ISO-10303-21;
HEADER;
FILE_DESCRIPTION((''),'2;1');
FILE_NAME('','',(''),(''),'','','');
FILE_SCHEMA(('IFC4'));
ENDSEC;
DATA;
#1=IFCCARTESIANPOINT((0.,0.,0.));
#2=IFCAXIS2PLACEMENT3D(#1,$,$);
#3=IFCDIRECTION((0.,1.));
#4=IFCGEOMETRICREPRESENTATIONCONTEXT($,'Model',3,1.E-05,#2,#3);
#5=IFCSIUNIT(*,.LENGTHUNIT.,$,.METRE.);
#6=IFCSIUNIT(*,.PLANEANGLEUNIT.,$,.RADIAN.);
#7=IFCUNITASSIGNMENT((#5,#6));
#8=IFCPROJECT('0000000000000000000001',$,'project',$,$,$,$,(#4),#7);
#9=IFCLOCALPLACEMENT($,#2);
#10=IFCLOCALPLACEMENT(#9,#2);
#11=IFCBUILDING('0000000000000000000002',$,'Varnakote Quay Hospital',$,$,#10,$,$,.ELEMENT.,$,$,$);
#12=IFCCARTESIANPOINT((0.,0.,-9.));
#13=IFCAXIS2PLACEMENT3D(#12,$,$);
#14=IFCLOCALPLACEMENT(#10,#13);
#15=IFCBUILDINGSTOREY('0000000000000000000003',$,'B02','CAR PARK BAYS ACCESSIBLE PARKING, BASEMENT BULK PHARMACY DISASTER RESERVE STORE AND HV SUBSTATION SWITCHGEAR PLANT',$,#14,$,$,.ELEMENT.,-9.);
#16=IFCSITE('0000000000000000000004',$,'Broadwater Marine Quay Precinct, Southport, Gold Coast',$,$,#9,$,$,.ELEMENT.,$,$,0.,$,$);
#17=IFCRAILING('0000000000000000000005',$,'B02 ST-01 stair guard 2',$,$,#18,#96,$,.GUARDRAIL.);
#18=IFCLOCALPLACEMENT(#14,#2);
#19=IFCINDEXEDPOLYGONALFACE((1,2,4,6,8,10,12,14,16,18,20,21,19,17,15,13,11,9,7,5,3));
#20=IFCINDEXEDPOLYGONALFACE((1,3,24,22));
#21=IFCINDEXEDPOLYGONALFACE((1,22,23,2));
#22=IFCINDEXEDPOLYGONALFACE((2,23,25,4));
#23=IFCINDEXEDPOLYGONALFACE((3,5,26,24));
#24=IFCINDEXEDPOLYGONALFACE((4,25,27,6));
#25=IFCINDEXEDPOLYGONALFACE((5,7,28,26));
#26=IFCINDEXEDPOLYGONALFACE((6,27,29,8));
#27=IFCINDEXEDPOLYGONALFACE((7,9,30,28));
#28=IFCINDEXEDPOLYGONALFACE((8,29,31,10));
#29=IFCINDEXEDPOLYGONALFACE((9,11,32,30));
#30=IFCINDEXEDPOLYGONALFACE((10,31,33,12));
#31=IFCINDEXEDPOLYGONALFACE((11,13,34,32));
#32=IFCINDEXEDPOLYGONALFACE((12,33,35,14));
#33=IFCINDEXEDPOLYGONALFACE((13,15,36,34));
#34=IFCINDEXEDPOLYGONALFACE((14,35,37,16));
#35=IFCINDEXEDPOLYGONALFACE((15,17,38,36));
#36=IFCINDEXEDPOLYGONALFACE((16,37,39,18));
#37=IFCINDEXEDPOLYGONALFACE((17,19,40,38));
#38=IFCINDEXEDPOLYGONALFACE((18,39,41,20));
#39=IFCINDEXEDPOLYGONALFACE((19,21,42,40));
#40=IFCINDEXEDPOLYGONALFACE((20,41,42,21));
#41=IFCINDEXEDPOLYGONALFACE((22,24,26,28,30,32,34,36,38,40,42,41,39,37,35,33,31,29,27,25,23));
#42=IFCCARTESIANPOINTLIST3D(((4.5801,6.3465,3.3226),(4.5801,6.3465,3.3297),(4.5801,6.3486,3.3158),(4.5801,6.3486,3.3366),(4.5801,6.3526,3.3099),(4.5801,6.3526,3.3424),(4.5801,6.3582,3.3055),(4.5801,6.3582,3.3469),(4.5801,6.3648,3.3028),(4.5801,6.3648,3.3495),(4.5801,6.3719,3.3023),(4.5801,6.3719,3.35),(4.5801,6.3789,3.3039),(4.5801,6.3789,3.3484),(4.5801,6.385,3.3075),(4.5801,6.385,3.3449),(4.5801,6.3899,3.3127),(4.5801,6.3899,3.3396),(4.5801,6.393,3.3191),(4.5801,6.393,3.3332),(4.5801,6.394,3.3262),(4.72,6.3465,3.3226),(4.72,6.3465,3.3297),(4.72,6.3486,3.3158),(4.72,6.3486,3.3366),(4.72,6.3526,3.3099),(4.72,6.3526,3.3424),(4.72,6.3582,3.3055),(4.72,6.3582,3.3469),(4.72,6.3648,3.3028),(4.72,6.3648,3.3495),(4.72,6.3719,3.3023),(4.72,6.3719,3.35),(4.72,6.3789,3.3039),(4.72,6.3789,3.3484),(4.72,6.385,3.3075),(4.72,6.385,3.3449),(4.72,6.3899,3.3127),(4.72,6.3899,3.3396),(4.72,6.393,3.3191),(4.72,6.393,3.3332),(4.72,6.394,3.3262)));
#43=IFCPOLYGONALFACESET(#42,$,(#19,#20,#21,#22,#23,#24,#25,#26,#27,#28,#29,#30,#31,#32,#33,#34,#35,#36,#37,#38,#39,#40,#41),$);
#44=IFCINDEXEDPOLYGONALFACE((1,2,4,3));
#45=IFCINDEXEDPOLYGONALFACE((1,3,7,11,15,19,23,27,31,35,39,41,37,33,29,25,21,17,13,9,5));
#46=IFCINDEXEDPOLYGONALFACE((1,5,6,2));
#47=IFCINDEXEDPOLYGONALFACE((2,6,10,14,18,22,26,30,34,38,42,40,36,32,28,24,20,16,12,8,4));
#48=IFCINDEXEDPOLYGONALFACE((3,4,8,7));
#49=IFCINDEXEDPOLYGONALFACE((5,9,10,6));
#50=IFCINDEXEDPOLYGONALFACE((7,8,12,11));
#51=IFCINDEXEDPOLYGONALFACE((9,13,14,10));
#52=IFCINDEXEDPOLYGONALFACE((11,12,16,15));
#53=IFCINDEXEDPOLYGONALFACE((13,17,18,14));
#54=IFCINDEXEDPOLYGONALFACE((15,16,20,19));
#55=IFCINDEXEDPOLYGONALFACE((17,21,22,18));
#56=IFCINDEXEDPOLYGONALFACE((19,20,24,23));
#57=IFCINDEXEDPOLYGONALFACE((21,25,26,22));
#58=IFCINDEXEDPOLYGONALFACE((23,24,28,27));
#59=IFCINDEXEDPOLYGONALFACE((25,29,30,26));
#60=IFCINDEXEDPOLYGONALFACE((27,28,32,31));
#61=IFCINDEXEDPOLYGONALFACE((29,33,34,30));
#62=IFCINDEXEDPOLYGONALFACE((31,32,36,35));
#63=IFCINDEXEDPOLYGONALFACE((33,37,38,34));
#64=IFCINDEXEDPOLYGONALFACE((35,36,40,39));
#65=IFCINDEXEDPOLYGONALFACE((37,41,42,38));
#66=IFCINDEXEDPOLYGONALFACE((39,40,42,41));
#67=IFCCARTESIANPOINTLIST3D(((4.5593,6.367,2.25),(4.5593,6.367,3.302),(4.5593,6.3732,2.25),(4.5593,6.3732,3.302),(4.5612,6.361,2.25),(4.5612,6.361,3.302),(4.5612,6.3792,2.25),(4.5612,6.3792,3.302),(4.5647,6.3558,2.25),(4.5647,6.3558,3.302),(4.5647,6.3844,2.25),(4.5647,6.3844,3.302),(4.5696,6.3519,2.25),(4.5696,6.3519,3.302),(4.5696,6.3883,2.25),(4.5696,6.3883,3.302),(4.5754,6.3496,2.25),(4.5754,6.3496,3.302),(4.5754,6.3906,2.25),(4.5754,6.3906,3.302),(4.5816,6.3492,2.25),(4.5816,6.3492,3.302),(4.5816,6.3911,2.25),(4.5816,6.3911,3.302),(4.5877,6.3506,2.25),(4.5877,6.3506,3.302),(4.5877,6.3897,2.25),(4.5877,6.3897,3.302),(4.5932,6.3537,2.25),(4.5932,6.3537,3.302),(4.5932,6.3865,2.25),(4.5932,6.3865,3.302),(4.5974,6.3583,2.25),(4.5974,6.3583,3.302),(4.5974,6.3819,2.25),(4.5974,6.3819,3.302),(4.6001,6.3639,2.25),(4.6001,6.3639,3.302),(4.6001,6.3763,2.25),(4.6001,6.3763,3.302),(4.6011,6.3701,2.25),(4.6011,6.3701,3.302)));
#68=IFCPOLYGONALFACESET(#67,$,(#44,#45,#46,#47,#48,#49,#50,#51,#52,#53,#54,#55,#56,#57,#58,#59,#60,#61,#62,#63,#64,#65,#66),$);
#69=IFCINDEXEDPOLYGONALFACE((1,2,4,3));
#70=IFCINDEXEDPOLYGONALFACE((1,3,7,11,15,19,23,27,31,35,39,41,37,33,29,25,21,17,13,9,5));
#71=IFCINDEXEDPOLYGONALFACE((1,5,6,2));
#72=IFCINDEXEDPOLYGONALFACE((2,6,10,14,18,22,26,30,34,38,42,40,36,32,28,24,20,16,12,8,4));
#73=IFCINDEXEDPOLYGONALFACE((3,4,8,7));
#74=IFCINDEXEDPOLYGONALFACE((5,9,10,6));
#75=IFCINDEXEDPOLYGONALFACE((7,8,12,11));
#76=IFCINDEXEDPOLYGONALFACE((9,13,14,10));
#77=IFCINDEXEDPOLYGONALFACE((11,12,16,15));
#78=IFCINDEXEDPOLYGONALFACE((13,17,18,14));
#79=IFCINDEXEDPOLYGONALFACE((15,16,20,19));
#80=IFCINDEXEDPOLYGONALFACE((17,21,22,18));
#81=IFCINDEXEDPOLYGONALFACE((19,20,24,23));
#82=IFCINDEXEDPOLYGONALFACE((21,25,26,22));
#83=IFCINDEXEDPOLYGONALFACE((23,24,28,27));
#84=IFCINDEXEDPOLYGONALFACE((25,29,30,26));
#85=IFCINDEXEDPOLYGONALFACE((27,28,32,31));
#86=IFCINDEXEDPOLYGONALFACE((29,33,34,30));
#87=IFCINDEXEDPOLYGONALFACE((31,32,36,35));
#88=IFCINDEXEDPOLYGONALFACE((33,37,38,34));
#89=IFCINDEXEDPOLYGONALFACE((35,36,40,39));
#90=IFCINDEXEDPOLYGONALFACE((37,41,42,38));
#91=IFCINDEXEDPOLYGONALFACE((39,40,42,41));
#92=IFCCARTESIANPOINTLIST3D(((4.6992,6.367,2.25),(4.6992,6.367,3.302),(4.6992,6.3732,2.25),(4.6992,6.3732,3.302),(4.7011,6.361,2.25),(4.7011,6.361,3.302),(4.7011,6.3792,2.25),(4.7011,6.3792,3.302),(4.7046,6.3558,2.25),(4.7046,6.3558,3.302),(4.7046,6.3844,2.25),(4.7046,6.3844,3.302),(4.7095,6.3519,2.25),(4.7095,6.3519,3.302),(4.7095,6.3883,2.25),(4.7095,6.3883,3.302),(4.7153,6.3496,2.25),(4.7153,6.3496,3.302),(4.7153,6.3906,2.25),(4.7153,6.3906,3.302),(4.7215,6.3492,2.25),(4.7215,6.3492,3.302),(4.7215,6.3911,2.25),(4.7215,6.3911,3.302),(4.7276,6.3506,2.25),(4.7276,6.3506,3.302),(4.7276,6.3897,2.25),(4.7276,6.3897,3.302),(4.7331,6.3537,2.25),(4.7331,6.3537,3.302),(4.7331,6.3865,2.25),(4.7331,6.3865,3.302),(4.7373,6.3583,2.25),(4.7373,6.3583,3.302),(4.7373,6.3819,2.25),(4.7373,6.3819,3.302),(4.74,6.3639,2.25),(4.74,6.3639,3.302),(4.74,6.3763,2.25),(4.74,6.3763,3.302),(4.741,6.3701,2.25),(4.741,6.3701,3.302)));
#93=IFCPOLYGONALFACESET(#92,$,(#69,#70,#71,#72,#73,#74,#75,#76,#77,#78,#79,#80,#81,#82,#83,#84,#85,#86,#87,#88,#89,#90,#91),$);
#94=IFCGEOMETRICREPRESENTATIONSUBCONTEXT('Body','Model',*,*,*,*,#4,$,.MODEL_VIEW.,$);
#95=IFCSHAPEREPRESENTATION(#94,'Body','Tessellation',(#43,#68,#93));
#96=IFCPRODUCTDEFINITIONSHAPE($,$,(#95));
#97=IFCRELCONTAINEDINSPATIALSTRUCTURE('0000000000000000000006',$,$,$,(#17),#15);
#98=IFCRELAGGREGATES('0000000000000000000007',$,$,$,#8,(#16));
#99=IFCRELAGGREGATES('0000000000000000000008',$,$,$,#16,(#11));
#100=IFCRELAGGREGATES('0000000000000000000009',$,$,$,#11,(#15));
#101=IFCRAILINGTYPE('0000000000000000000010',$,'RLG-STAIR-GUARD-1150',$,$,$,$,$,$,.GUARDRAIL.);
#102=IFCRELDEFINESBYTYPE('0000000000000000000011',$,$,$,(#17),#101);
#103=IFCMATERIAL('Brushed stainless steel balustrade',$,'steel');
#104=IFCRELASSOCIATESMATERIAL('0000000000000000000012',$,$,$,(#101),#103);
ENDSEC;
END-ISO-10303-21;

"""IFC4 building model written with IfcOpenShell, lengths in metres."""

from ifc_helpers import new_model, si_unit, direction, frame, origin, origin_2d, place, context, subcontext, project, spatial, circle, extrude, material, type_object, element, save


model = new_model("IFC4")

# Units and contexts
model_context = context("Model", 3, precision=1e-05, world=origin(), true_north=direction((0.0, 1.0)))
body_context = subcontext(model_context, "Body", "Model", "MODEL_VIEW")
ifc_project = project(units=[si_unit("LENGTHUNIT", "METRE"), si_unit("PLANEANGLEUNIT", "RADIAN")], contexts=[model_context])

# Site, building, storey
site_placement = place(None, origin())
site = spatial("IfcSite", under=ifc_project, at=site_placement, Name="Broadwater Marine Quay Precinct, Southport, Gold Coast", CompositionType="ELEMENT", RefElevation=0.0)
building_placement = place(site_placement, origin())
building = spatial("IfcBuilding", under=site, at=building_placement, Name="Varnakote Quay Hospital", CompositionType="ELEMENT")
storey_placement = place(building_placement, frame((0.0, 0.0, -9.0)))
storey = spatial("IfcBuildingStorey", under=building, at=storey_placement, Name="B02", Description="CAR PARK BAYS ACCESSIBLE PARKING, BASEMENT BULK PHARMACY DISASTER RESERVE STORE AND HV SUBSTATION SWITCHGEAR PLANT", CompositionType="ELEMENT", Elevation=-9.0)

# Railing
ifc_material_1 = material(Name="Brushed stainless steel balustrade", Category="steel")
railing_type_1 = type_object("IfcRailingType", Name="RLG-STAIR-GUARD-1150", PredefinedType="GUARDRAIL", material=ifc_material_1)
railing_1_placement = place(storey_placement, frame((4.5801, 6.3701, 2.25)))
element("IfcRailing", 1, at=railing_1_placement, inside=storey, type_object=railing_type_1, Name="B02 ST-01 stair guard 2", PredefinedType="GUARDRAIL", context=body_context, shape_type="SweptSolid", body=[
    extrude(circle(Radius=0.0239, at=origin_2d()), frame((0.0, 0.0, 1.0762), z_axis=(1.0, 0.0, 0.0), x_axis=(0.0, 1.0, 0.0)), (0.0, 0.0, 1.0), 0.1399),
    extrude(circle(Radius=0.021, at=origin_2d()), origin(), (0.0, 0.0, 1.0), 1.052),
    extrude(circle(Radius=0.021, at=origin_2d()), frame((0.1399, 0.0, 0.0)), (0.0, 0.0, 1.0), 1.052),
])

save(model, "model.ifc")
